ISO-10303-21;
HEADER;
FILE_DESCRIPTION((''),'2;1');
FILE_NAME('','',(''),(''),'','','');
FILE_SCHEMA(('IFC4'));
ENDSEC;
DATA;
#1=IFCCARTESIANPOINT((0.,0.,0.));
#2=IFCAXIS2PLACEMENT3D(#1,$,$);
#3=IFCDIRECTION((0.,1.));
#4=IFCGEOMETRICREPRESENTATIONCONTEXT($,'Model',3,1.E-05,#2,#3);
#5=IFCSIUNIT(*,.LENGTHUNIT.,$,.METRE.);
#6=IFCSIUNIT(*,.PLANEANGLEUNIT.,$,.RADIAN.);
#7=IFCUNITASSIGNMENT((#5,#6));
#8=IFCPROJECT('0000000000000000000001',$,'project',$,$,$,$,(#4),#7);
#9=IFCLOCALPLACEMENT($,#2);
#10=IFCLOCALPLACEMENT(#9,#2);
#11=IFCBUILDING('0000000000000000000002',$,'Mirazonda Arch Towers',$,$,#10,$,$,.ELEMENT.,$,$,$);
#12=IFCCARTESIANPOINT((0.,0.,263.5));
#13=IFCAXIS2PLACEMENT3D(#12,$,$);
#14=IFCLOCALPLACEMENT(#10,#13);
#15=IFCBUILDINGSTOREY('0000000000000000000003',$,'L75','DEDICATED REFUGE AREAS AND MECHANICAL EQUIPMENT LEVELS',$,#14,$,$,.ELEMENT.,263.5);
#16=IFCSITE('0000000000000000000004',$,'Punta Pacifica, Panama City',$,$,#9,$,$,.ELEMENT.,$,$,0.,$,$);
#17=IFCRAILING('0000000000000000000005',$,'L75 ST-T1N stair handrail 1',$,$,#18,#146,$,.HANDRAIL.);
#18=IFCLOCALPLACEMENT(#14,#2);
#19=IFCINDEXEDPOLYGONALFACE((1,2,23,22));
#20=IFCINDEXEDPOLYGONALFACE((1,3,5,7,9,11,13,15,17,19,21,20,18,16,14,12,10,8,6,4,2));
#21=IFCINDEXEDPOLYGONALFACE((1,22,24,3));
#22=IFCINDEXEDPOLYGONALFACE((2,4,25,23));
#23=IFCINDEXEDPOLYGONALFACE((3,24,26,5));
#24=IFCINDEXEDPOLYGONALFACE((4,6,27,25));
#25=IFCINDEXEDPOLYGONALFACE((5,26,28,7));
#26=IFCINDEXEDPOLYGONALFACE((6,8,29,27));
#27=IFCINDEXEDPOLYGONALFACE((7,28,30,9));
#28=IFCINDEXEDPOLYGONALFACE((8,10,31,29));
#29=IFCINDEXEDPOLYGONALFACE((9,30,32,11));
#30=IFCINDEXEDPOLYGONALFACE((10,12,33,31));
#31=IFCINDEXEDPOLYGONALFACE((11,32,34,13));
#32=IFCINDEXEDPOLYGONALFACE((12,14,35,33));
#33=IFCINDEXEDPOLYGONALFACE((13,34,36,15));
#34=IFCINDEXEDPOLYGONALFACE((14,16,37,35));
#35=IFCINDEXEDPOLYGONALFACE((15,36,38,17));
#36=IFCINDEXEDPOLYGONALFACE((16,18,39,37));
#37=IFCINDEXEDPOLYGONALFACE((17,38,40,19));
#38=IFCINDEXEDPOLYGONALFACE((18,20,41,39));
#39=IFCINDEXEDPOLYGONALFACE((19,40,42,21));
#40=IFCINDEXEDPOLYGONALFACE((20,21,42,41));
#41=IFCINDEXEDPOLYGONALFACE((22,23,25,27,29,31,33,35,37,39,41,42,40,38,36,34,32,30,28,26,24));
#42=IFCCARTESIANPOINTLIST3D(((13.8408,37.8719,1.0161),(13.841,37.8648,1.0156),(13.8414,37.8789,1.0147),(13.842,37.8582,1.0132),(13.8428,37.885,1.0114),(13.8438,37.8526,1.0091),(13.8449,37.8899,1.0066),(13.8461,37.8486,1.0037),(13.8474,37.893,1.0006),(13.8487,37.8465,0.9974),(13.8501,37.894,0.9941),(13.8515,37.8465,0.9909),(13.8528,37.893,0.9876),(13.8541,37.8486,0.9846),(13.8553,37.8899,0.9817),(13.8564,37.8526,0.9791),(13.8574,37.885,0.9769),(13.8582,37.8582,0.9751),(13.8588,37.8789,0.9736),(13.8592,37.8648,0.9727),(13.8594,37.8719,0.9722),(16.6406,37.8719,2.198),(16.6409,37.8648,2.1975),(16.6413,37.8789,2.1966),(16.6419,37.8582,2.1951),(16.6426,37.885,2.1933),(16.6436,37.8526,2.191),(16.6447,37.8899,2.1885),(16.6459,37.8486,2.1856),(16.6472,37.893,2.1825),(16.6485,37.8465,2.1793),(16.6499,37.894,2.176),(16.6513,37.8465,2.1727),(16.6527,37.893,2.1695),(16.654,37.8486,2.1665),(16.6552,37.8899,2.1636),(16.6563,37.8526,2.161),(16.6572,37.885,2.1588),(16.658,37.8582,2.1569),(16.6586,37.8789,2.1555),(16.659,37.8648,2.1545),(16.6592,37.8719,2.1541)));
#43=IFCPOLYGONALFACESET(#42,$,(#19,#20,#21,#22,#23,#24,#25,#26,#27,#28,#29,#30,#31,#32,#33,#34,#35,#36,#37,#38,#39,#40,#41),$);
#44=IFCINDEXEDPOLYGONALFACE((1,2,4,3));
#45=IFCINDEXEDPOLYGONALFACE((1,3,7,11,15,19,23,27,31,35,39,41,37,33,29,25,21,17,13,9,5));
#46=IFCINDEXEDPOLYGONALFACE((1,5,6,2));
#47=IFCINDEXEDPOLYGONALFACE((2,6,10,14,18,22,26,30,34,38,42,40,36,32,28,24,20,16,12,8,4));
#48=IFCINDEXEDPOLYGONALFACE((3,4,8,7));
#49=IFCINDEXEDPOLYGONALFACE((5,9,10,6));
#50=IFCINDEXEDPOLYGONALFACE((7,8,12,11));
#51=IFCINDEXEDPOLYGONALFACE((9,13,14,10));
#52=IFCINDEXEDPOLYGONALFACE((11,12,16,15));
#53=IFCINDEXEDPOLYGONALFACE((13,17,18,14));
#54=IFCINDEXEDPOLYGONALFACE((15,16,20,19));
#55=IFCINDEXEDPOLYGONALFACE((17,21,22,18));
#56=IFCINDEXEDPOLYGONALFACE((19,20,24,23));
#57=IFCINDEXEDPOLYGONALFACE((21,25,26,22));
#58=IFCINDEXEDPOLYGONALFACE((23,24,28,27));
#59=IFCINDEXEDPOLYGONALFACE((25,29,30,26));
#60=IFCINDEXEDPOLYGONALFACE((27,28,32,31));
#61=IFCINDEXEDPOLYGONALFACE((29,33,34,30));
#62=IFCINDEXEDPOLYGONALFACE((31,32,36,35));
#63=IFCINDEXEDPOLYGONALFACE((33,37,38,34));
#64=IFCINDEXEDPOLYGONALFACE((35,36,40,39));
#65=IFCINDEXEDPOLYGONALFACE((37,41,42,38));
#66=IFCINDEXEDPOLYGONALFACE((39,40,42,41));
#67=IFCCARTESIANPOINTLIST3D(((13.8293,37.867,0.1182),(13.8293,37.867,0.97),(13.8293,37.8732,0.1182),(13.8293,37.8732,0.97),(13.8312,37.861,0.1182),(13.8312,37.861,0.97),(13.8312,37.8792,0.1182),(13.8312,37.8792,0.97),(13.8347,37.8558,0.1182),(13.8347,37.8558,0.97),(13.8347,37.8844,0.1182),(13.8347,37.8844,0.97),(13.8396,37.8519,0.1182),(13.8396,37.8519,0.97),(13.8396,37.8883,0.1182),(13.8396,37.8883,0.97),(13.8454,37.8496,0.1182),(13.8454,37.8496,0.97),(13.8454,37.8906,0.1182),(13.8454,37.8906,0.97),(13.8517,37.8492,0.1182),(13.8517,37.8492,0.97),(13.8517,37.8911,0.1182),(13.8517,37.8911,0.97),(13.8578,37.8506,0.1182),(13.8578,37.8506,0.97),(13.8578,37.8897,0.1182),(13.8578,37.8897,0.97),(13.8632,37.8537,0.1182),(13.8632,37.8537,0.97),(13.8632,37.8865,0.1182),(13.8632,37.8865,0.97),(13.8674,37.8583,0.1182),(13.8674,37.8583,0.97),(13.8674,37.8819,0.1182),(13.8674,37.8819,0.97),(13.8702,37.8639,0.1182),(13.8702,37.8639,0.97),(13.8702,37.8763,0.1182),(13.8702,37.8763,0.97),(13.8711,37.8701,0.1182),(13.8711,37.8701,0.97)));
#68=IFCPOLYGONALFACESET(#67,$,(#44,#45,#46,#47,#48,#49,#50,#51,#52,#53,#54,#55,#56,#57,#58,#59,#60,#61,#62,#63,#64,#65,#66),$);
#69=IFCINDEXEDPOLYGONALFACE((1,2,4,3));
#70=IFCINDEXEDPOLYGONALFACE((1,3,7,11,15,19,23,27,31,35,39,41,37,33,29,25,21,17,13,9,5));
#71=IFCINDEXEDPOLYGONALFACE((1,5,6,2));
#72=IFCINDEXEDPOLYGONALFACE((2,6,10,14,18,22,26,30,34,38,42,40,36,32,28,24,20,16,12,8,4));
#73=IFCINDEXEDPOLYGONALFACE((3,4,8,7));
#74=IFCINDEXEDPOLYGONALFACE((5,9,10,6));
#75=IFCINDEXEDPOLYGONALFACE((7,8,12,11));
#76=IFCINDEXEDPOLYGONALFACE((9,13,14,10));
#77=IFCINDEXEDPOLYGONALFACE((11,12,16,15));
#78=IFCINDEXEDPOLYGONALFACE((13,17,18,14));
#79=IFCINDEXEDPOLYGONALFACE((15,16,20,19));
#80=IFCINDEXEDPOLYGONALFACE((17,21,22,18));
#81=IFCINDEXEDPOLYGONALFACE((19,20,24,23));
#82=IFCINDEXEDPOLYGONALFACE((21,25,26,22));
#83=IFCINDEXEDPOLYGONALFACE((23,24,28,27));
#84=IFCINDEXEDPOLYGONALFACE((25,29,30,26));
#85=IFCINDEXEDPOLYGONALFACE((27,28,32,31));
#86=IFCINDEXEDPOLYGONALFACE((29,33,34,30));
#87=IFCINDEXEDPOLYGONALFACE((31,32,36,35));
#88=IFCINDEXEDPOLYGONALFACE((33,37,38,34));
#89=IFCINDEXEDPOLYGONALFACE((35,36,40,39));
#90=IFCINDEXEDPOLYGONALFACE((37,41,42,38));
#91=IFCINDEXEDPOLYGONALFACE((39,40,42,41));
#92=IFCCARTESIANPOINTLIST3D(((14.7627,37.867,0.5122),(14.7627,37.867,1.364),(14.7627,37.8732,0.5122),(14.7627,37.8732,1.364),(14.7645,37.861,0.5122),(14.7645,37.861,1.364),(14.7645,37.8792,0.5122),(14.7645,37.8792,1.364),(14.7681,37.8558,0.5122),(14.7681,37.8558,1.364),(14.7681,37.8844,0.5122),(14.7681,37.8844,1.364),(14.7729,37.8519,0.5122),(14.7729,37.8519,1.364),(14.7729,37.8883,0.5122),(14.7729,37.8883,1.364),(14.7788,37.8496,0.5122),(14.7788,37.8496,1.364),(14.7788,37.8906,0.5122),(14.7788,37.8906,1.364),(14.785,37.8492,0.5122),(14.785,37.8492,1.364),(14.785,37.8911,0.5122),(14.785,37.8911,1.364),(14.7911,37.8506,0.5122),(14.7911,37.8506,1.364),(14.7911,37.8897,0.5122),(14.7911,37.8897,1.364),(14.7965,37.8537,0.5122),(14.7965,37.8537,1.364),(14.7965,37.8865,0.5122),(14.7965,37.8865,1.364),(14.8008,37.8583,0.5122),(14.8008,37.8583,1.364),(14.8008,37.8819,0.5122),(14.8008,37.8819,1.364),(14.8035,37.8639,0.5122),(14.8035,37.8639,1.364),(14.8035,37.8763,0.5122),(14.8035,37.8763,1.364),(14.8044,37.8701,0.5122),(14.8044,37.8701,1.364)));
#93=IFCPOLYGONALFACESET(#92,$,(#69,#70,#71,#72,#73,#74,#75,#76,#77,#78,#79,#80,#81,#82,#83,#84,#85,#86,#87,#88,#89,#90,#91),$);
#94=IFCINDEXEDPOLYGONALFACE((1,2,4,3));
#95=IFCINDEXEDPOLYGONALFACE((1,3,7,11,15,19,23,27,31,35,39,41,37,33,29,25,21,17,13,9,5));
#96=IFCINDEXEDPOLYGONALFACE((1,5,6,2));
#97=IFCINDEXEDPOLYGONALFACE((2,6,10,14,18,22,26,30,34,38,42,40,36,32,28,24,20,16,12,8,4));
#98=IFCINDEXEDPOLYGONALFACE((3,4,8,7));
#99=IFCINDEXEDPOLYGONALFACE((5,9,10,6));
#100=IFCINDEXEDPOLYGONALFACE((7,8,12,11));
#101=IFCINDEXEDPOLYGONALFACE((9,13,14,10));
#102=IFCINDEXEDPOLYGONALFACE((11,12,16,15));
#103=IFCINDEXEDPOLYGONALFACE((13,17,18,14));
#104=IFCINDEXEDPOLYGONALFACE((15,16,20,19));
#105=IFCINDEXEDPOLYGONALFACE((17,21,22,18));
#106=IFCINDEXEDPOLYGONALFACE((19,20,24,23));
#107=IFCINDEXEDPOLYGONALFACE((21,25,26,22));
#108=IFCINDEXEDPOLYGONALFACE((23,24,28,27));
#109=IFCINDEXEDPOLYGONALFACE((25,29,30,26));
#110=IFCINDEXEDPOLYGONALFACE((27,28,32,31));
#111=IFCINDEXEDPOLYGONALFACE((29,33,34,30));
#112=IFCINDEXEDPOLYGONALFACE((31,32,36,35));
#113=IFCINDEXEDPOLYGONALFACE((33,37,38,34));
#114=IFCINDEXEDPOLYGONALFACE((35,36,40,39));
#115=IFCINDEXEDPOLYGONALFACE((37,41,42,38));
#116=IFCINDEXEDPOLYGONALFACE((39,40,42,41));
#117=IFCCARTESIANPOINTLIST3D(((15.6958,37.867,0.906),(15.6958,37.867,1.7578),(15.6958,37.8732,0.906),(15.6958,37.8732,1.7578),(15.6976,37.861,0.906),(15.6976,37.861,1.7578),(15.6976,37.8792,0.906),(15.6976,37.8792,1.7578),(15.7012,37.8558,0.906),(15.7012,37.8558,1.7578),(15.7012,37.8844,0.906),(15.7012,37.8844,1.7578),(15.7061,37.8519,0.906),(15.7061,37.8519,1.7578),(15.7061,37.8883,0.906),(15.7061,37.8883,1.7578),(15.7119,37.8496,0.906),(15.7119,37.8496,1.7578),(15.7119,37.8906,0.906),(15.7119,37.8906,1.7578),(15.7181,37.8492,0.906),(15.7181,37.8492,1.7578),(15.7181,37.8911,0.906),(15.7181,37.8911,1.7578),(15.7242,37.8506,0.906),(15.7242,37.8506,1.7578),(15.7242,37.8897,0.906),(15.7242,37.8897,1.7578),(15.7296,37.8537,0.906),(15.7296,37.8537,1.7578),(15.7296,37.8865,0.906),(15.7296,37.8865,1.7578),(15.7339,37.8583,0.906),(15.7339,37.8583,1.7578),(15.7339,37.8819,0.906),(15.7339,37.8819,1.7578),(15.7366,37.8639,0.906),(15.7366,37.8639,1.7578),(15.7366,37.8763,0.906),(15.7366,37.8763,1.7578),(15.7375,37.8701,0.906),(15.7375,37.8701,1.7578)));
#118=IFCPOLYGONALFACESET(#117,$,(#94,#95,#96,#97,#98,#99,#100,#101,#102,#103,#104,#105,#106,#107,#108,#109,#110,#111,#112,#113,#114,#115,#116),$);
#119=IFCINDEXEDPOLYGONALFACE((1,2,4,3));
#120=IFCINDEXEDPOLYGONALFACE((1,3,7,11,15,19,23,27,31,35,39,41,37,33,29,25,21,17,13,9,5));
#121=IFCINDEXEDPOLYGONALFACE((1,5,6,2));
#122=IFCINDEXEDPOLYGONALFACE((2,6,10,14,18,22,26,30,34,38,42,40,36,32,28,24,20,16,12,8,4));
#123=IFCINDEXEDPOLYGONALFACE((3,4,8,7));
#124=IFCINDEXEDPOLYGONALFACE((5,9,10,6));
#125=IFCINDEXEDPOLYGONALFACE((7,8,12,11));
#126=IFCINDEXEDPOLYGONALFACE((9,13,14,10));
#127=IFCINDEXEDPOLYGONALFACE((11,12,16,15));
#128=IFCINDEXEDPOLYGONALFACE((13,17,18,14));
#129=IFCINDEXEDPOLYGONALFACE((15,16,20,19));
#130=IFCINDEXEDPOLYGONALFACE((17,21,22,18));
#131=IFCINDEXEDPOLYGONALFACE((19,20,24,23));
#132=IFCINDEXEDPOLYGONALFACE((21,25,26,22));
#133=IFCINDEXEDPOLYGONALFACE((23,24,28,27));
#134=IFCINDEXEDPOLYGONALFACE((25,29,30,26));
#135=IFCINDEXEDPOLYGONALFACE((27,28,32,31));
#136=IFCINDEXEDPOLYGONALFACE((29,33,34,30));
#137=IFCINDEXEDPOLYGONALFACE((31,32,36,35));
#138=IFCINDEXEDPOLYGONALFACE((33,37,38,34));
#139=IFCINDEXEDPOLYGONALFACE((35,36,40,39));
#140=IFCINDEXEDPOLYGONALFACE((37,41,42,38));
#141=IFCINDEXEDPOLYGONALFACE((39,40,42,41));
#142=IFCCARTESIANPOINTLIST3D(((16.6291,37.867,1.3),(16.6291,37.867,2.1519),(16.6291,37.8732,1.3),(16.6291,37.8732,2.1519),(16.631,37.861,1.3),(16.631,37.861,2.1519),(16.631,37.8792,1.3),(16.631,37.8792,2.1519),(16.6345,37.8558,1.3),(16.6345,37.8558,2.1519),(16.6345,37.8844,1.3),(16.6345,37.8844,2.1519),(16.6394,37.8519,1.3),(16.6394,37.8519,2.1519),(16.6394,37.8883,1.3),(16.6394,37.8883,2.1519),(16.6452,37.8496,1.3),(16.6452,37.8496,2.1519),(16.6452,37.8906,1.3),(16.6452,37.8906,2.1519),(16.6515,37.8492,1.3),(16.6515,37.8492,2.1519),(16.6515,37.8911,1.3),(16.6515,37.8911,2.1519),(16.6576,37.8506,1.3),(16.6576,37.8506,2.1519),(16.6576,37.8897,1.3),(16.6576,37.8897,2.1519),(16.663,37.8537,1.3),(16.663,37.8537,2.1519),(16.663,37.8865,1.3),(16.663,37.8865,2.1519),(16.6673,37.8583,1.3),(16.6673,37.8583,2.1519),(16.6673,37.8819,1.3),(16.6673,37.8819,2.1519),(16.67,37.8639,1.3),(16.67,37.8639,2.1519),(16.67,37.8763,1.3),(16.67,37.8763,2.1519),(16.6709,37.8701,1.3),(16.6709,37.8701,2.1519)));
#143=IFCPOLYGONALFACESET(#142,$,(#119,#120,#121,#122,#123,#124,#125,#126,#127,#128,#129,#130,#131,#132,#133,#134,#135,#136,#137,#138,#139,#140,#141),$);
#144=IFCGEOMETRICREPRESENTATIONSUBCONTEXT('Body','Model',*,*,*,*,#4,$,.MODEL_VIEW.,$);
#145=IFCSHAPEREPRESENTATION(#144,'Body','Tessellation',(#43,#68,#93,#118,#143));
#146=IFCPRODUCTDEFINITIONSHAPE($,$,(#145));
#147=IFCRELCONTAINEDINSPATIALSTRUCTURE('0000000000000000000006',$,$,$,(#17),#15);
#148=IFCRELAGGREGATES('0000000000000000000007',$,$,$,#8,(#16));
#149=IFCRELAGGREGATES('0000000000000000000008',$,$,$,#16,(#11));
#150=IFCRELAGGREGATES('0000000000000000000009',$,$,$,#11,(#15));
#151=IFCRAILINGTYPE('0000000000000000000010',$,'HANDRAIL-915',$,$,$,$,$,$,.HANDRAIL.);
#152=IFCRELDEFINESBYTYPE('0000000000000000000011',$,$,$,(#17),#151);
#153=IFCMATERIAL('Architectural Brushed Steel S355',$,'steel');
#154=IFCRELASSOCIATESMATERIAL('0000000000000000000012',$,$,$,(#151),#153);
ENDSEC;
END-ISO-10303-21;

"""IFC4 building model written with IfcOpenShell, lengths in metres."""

from ifc_helpers import new_model, si_unit, direction, frame, origin, origin_2d, place, context, subcontext, project, spatial, circle, extrude, material, type_object, element, save


model = new_model("IFC4")

# Units and contexts
model_context = context("Model", 3, precision=1e-05, world=origin(), true_north=direction((0.0, 1.0)))
body_context = subcontext(model_context, "Body", "Model", "MODEL_VIEW")
ifc_project = project(units=[si_unit("LENGTHUNIT", "METRE"), si_unit("PLANEANGLEUNIT", "RADIAN")], contexts=[model_context])

# Site, building, storey
site_placement = place(None, origin())
site = spatial("IfcSite", under=ifc_project, at=site_placement, Name="Punta Pacifica, Panama City", CompositionType="ELEMENT", RefElevation=0.0)
building_placement = place(site_placement, origin())
building = spatial("IfcBuilding", under=site, at=building_placement, Name="Mirazonda Arch Towers", CompositionType="ELEMENT")
storey_placement = place(building_placement, frame((0.0, 0.0, 263.5)))
storey = spatial("IfcBuildingStorey", under=building, at=storey_placement, Name="L75", Description="DEDICATED REFUGE AREAS AND MECHANICAL EQUIPMENT LEVELS", CompositionType="ELEMENT", Elevation=263.5)

# Shared definitions
ifc_material_1 = material(Name="Architectural Brushed Steel S355", Category="steel")

# Railing
railing_type_1 = type_object("IfcRailingType", Name="HANDRAIL-915", PredefinedType="HANDRAIL", material=ifc_material_1)
railing_1_placement = place(storey_placement, frame((13.8501, 37.8701, 0.1182)))
element("IfcRailing", 1, at=railing_1_placement, inside=storey, type_object=railing_type_1, Name="L75 ST-T1N stair handrail 1", PredefinedType="HANDRAIL", context=body_context, shape_type="SweptSolid", body=[
    extrude(circle(Radius=0.0239, at=origin_2d()), frame((0.0, 0.0, 0.876), z_axis=(0.92128, 0.0, 0.388901), x_axis=(0.0, 1.0, 0.0)), (0.0, 0.0, 1.0), 3.0391),
    extrude(circle(Radius=0.021, at=origin_2d()), origin(), (0.0, 0.0, 1.0), 0.8518),
    extrude(circle(Radius=0.021, at=origin_2d()), frame((0.9333, 0.0, 0.394)), (0.0, 0.0, 1.0), 0.8518),
    extrude(circle(Radius=0.021, at=origin_2d()), frame((1.8665, 0.0, 0.7878)), (0.0, 0.0, 1.0), 0.8518),
    extrude(circle(Radius=0.021, at=origin_2d()), frame((2.7998, 0.0, 1.1819)), (0.0, 0.0, 1.0), 0.8518),
])

save(model, "model.ifc")
